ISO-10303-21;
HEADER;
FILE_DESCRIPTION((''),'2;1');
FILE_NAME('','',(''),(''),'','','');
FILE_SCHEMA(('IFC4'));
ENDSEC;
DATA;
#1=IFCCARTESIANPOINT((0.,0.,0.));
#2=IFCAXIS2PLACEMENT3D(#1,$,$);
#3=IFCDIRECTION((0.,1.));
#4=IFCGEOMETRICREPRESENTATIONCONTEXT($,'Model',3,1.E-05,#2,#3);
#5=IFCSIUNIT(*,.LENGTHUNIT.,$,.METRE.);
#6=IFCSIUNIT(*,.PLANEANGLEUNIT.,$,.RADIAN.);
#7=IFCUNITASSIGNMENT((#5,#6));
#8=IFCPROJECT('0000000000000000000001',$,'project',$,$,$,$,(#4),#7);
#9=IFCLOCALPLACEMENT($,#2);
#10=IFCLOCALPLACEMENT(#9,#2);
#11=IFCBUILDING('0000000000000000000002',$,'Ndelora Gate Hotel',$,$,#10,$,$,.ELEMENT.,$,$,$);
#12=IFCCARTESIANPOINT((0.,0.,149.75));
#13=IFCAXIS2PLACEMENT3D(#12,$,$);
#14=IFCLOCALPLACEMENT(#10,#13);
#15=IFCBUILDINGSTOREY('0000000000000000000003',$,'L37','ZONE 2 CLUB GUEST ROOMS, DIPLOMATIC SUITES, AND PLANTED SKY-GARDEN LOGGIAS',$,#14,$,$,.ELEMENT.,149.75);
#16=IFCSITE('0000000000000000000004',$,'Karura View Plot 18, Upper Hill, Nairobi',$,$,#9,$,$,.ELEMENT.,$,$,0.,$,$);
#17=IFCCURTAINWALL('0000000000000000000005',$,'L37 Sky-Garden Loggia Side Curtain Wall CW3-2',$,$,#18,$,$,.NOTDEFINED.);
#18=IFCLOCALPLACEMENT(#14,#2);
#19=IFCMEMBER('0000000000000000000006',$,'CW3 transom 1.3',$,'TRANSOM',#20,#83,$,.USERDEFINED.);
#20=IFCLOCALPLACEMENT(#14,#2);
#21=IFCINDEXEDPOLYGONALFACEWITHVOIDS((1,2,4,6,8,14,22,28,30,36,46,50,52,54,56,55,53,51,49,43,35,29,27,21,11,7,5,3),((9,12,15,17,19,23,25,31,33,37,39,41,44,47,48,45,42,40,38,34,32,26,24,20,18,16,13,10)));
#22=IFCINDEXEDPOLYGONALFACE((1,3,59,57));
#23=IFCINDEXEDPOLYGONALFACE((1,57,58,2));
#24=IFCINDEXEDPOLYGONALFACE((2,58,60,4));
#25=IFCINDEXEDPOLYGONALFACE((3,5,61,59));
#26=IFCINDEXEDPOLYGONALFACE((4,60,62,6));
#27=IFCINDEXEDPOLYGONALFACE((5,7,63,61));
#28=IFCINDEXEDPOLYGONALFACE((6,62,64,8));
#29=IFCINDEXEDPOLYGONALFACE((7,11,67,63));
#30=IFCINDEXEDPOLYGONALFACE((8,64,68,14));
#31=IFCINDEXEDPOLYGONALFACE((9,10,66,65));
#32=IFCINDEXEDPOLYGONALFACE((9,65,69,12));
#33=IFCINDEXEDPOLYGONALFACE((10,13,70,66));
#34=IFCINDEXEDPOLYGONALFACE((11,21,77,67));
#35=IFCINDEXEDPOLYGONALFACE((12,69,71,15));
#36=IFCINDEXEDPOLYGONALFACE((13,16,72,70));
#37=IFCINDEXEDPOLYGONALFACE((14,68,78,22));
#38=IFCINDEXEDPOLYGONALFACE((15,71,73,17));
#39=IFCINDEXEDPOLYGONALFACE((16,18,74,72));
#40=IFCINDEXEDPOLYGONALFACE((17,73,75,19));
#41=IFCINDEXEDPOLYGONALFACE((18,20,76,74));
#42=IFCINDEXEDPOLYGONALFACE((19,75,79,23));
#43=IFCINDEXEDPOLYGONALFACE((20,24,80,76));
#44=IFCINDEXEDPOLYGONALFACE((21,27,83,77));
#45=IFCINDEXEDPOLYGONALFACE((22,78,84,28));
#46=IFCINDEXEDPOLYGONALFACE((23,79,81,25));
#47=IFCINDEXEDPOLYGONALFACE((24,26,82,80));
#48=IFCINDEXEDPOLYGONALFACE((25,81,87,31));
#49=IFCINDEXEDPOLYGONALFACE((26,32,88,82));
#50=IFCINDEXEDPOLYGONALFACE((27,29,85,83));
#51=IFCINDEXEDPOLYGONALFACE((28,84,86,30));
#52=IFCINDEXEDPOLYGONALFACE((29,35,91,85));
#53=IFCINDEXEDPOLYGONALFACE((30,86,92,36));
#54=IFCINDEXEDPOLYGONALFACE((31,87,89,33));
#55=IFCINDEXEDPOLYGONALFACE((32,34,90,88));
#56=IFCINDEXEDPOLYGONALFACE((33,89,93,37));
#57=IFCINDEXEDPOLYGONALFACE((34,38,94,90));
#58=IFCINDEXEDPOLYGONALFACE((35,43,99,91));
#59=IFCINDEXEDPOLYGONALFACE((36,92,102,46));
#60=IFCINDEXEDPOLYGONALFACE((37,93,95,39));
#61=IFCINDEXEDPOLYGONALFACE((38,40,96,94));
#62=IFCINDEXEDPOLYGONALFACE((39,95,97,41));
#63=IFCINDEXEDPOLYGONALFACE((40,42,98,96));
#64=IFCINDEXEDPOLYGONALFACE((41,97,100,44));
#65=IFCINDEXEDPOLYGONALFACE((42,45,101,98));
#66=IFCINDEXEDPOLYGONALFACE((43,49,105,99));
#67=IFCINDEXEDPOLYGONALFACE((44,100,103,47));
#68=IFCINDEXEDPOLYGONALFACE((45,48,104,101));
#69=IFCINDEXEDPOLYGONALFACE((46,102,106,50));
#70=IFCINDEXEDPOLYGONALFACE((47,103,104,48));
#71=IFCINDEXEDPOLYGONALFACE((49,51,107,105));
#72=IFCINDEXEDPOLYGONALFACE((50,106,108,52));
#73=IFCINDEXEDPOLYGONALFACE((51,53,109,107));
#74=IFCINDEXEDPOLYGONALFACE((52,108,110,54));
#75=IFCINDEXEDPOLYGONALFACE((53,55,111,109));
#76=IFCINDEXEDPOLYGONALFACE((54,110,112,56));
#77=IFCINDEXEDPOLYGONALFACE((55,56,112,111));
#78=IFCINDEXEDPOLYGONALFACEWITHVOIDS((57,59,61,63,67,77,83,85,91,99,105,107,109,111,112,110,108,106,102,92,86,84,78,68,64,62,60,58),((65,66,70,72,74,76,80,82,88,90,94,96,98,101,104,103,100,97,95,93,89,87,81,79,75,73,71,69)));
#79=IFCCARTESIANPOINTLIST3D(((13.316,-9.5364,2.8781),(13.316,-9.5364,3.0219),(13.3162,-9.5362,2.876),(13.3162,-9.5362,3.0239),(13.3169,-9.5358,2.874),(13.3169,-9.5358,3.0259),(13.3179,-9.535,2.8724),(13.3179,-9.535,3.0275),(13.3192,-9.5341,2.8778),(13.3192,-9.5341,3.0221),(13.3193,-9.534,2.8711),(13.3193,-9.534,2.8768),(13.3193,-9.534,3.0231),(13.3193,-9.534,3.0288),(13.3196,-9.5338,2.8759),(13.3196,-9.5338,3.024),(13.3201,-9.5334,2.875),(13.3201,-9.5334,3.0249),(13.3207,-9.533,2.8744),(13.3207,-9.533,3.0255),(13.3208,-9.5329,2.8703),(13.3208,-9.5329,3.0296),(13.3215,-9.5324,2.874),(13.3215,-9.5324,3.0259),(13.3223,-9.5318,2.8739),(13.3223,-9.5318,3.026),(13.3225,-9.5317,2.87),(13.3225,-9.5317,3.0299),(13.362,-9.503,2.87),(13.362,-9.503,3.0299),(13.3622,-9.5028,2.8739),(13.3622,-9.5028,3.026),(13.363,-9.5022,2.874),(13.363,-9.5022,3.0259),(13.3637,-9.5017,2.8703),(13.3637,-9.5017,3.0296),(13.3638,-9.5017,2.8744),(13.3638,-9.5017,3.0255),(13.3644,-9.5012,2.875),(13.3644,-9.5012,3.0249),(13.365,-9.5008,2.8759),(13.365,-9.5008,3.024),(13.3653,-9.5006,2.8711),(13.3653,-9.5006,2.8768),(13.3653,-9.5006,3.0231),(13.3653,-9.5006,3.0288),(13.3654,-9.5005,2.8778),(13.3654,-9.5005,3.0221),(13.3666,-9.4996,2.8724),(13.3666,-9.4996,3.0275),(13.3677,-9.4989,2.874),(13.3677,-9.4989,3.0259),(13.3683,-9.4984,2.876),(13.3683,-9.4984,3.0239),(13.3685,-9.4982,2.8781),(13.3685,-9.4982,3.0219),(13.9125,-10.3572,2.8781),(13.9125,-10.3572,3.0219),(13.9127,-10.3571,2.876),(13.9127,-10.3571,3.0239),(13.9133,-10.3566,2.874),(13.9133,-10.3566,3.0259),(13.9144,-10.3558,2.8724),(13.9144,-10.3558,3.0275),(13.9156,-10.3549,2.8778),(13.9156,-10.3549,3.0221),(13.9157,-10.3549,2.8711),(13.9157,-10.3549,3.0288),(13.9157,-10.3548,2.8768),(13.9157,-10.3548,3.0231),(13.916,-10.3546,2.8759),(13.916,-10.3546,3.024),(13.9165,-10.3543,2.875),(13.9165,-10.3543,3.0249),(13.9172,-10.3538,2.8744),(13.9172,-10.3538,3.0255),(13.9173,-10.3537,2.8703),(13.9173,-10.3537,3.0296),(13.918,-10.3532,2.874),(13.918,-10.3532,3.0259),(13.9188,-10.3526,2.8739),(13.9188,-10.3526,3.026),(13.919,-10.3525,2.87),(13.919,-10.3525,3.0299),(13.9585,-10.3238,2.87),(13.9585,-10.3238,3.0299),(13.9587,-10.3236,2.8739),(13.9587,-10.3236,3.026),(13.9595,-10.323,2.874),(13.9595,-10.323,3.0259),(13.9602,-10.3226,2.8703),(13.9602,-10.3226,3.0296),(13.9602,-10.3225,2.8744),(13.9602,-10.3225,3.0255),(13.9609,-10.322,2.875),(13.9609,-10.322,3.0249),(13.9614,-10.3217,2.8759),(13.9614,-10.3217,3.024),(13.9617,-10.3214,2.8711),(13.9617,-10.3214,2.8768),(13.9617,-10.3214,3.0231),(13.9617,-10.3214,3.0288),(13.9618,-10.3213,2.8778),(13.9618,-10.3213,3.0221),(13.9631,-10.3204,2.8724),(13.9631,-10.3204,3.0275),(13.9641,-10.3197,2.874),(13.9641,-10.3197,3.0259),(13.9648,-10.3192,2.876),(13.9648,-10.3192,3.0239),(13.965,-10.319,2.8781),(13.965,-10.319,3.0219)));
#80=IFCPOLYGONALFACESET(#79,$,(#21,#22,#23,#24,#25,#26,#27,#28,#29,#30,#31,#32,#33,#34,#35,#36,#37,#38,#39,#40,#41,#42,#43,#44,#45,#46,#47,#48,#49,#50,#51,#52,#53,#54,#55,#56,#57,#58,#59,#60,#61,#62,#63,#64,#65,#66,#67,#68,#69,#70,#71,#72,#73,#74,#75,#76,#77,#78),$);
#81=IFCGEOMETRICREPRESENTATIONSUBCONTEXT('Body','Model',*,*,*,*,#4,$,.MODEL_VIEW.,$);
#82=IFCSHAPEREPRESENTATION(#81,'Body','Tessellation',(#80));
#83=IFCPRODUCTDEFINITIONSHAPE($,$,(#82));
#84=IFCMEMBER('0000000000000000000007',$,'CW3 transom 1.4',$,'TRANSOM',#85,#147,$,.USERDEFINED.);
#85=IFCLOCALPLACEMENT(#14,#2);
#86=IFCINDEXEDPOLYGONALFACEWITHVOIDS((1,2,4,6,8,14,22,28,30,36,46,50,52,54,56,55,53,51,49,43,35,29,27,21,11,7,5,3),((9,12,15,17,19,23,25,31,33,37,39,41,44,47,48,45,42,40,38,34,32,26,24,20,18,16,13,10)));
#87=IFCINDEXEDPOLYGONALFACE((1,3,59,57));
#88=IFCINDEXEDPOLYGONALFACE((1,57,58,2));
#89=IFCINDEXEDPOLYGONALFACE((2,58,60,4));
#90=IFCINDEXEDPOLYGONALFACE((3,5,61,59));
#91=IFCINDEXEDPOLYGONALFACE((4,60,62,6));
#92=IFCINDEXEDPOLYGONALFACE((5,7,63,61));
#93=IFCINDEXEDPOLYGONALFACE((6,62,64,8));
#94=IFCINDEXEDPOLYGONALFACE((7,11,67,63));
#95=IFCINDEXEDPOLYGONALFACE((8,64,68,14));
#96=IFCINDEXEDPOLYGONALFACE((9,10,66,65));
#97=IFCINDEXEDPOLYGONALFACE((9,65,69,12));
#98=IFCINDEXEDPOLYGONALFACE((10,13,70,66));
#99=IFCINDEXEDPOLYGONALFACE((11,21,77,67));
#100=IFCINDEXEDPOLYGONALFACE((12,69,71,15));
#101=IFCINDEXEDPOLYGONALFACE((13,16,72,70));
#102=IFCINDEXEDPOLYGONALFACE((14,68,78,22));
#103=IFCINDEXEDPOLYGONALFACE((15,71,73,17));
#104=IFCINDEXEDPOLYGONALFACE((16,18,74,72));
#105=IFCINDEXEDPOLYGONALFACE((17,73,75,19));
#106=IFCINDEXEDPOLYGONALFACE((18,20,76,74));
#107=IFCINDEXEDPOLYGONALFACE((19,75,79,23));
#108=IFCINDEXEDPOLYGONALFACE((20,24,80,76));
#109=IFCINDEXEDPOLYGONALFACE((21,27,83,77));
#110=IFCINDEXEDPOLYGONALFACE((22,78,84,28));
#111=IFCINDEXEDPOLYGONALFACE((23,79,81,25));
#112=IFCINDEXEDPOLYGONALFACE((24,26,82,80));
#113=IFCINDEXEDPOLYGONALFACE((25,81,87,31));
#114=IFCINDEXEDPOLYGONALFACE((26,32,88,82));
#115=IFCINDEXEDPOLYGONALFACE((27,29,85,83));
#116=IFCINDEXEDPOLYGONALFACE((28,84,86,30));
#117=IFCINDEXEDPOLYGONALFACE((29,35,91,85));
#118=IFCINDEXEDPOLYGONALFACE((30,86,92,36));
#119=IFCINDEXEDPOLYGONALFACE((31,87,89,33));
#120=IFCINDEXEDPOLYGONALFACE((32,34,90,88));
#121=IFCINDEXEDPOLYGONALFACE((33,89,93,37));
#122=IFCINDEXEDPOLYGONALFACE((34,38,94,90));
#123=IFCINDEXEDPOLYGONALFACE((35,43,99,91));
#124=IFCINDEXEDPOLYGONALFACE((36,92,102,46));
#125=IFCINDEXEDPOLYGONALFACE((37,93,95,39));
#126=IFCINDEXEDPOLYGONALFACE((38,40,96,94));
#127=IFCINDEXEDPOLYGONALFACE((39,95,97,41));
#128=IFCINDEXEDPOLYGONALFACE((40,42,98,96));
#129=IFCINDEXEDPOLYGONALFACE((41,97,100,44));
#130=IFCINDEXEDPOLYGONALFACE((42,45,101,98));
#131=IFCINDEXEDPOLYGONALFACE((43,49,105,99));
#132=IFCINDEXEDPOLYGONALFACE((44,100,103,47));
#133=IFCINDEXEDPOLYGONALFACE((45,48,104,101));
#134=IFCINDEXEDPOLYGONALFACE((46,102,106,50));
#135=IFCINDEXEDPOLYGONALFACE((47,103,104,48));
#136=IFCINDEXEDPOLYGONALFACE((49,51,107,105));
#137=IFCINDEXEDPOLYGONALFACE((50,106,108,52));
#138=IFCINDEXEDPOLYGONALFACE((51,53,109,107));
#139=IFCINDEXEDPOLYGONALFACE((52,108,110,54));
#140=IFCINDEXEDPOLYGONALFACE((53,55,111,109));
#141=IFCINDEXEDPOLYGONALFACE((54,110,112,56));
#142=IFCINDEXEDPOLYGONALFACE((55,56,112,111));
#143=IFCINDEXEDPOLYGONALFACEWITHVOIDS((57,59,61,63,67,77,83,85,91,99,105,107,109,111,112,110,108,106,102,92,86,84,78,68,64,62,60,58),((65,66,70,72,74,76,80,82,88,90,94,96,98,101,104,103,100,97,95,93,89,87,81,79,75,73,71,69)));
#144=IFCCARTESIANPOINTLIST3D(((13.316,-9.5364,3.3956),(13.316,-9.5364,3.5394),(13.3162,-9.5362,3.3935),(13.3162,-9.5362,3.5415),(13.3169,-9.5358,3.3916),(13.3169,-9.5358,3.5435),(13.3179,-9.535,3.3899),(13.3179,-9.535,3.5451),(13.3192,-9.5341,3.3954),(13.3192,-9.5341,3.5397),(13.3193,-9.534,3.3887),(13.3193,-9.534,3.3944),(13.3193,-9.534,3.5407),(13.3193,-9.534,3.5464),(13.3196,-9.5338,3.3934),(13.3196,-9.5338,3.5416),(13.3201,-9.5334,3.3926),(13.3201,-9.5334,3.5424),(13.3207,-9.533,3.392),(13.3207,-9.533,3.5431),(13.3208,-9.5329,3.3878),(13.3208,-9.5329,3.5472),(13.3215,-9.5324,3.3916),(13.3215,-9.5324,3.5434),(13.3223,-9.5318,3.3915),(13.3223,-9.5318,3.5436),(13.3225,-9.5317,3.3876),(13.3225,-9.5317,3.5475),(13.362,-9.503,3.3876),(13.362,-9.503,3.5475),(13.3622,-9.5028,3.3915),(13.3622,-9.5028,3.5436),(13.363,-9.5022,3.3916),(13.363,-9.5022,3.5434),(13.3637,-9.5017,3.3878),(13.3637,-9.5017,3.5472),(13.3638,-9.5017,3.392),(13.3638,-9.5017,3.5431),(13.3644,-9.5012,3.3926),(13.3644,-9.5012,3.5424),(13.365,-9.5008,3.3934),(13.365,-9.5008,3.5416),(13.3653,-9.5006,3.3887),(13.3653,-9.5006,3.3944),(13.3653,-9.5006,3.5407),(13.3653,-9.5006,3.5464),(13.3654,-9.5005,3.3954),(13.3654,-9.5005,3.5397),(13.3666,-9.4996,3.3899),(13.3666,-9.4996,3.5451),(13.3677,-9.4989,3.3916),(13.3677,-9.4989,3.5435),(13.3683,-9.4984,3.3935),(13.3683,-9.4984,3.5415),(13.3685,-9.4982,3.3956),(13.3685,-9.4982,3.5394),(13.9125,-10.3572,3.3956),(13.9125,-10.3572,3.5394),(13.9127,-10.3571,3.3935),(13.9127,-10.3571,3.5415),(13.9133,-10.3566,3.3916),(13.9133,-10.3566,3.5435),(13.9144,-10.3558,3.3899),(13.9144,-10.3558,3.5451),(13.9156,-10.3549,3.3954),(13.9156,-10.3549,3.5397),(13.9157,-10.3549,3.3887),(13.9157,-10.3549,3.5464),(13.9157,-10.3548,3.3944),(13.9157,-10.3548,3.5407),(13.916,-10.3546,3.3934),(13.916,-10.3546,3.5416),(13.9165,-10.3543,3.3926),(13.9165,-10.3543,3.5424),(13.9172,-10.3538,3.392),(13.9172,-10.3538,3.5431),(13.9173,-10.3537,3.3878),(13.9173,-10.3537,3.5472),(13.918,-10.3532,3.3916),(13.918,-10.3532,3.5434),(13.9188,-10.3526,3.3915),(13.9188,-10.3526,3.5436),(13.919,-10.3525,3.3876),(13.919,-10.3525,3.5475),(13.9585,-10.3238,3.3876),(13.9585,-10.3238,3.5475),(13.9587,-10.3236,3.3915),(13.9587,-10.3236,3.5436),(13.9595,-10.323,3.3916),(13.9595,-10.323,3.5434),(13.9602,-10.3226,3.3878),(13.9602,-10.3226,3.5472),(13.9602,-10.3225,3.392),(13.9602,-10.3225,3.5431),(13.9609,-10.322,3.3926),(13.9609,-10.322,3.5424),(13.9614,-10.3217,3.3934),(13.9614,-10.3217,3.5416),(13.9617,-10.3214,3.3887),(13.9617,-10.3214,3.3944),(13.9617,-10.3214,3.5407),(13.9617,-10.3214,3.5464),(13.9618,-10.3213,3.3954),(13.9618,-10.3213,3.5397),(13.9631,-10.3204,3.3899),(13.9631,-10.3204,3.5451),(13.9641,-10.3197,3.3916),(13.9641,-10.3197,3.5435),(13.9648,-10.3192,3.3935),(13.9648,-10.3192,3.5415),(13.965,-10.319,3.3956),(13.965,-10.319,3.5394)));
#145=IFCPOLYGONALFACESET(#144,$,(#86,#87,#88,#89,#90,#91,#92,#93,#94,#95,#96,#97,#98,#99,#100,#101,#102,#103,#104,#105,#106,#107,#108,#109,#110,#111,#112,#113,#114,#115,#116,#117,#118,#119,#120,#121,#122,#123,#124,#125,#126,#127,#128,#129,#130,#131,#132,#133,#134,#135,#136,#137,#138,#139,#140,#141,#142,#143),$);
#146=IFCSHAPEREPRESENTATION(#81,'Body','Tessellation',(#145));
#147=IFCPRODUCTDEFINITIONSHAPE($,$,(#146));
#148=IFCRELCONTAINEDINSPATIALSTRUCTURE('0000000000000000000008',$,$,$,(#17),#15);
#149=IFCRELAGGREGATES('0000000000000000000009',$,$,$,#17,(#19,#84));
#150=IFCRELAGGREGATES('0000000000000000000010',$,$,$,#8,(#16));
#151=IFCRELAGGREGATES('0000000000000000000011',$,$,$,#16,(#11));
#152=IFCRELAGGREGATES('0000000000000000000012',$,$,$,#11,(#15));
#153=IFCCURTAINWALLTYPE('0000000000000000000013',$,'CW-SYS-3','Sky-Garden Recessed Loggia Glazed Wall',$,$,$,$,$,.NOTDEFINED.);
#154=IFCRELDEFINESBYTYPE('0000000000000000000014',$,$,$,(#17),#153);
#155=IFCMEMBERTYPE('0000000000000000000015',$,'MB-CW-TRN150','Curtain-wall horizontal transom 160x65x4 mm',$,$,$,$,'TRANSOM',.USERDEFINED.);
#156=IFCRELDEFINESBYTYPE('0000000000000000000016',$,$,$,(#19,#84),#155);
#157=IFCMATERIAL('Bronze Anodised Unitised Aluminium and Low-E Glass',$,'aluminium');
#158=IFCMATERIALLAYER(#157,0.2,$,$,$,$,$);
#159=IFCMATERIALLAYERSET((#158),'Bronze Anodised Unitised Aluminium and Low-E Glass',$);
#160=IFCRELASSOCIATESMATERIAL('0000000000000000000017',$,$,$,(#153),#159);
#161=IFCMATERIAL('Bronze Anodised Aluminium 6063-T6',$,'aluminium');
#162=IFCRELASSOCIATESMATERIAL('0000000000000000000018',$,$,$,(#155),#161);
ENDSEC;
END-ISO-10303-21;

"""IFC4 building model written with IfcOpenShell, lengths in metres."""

from ifc_helpers import new_model, si_unit, direction, frame, origin, origin_2d, place, context, subcontext, project, spatial, hollow_rectangle, extrude, material, layer, layer_set, material_profile, profile_set, type_object, element, aggregate, save


model = new_model("IFC4")

# Units and contexts
model_context = context("Model", 3, precision=1e-05, world=origin(), true_north=direction((0.0, 1.0)))
body_context = subcontext(model_context, "Body", "Model", "MODEL_VIEW")
ifc_project = project(units=[si_unit("LENGTHUNIT", "METRE"), si_unit("PLANEANGLEUNIT", "RADIAN")], contexts=[model_context])

# Site, building, storey
site_placement = place(None, origin())
site = spatial("IfcSite", under=ifc_project, at=site_placement, Name="Karura View Plot 18, Upper Hill, Nairobi", CompositionType="ELEMENT", RefElevation=0.0)
building_placement = place(site_placement, origin())
building = spatial("IfcBuilding", under=site, at=building_placement, Name="Ndelora Gate Hotel", CompositionType="ELEMENT")
storey_placement = place(building_placement, frame((0.0, 0.0, 149.75)))
storey = spatial("IfcBuildingStorey", under=building, at=storey_placement, Name="L37", Description="ZONE 2 CLUB GUEST ROOMS, DIPLOMATIC SUITES, AND PLANTED SKY-GARDEN LOGGIAS", CompositionType="ELEMENT", Elevation=149.75)

# Curtain wall, members
ifc_material_1 = material(Name="Bronze Anodised Unitised Aluminium and Low-E Glass", Category="aluminium")
ifc_layer_1 = layer(ifc_material_1, 0.2)
ifc_layer_set_1 = layer_set([ifc_layer_1], Name="Bronze Anodised Unitised Aluminium and Low-E Glass")
curtain_wall_type = type_object("IfcCurtainWallType", Name="CW-SYS-3", Description="Sky-Garden Recessed Loggia Glazed Wall", PredefinedType="NOTDEFINED", material=ifc_layer_set_1)
curtain_wall_placement = place(storey_placement, origin())
curtain_wall = element("IfcCurtainWall", 1, at=curtain_wall_placement, inside=storey, type_object=curtain_wall_type, Name="L37 Sky-Garden Loggia Side Curtain Wall CW3-2", PredefinedType="NOTDEFINED")
ifc_material_2 = material(Name="Bronze Anodised Aluminium 6063-T6", Category="aluminium")
ifc_material_profile_1 = material_profile(ifc_material_2, hollow_rectangle(XDim=0.0649, YDim=0.1599, WallThickness=0.0039, InnerFilletRadius=0.0039, OuterFilletRadius=0.0081, at=origin_2d()), Name="ALU 160x65x4")
ifc_profile_set_1 = profile_set([ifc_material_profile_1], Name="Bronze Anodised Aluminium 6063-T6")
member_type_1 = type_object("IfcMemberType", Name="MB-CW-TRN150", Description="Curtain-wall horizontal transom 160x65x4 mm", ElementType="TRANSOM", PredefinedType="USERDEFINED", material=ifc_profile_set_1)
member_1_placement = place(storey_placement, frame((13.9387, -10.3381, 2.95), z_axis=(-0.587843, 0.808975, 0.0), x_axis=(-0.808975, -0.587843, 0.0)))
member_1 = element("IfcMember", 2, at=member_1_placement, type_object=member_type_1, Name="CW3 transom 1.3", ObjectType="TRANSOM", PredefinedType="USERDEFINED", context=body_context, shape_type="SweptSolid", body=[
    extrude(hollow_rectangle(XDim=0.0649, YDim=0.1599, WallThickness=0.0039, InnerFilletRadius=0.0039, OuterFilletRadius=0.0081, at=origin_2d()), origin(), (0.0, 0.0, 1.0), 1.0146),
])
member_2_placement = place(storey_placement, frame((13.9387, -10.3381, 3.4675), z_axis=(-0.587843, 0.808975, 0.0), x_axis=(-0.808975, -0.587843, 0.0)))
member_2 = element("IfcMember", 3, at=member_2_placement, type_object=member_type_1, Name="CW3 transom 1.4", ObjectType="TRANSOM", PredefinedType="USERDEFINED", context=body_context, shape_type="SweptSolid", body=[
    extrude(hollow_rectangle(XDim=0.0649, YDim=0.1599, WallThickness=0.0039, InnerFilletRadius=0.0039, OuterFilletRadius=0.0081, at=origin_2d()), origin(), (0.0, 0.0, 1.0), 1.0146),
])
aggregate(curtain_wall, [member_1, member_2])

save(model, "model.ifc")
